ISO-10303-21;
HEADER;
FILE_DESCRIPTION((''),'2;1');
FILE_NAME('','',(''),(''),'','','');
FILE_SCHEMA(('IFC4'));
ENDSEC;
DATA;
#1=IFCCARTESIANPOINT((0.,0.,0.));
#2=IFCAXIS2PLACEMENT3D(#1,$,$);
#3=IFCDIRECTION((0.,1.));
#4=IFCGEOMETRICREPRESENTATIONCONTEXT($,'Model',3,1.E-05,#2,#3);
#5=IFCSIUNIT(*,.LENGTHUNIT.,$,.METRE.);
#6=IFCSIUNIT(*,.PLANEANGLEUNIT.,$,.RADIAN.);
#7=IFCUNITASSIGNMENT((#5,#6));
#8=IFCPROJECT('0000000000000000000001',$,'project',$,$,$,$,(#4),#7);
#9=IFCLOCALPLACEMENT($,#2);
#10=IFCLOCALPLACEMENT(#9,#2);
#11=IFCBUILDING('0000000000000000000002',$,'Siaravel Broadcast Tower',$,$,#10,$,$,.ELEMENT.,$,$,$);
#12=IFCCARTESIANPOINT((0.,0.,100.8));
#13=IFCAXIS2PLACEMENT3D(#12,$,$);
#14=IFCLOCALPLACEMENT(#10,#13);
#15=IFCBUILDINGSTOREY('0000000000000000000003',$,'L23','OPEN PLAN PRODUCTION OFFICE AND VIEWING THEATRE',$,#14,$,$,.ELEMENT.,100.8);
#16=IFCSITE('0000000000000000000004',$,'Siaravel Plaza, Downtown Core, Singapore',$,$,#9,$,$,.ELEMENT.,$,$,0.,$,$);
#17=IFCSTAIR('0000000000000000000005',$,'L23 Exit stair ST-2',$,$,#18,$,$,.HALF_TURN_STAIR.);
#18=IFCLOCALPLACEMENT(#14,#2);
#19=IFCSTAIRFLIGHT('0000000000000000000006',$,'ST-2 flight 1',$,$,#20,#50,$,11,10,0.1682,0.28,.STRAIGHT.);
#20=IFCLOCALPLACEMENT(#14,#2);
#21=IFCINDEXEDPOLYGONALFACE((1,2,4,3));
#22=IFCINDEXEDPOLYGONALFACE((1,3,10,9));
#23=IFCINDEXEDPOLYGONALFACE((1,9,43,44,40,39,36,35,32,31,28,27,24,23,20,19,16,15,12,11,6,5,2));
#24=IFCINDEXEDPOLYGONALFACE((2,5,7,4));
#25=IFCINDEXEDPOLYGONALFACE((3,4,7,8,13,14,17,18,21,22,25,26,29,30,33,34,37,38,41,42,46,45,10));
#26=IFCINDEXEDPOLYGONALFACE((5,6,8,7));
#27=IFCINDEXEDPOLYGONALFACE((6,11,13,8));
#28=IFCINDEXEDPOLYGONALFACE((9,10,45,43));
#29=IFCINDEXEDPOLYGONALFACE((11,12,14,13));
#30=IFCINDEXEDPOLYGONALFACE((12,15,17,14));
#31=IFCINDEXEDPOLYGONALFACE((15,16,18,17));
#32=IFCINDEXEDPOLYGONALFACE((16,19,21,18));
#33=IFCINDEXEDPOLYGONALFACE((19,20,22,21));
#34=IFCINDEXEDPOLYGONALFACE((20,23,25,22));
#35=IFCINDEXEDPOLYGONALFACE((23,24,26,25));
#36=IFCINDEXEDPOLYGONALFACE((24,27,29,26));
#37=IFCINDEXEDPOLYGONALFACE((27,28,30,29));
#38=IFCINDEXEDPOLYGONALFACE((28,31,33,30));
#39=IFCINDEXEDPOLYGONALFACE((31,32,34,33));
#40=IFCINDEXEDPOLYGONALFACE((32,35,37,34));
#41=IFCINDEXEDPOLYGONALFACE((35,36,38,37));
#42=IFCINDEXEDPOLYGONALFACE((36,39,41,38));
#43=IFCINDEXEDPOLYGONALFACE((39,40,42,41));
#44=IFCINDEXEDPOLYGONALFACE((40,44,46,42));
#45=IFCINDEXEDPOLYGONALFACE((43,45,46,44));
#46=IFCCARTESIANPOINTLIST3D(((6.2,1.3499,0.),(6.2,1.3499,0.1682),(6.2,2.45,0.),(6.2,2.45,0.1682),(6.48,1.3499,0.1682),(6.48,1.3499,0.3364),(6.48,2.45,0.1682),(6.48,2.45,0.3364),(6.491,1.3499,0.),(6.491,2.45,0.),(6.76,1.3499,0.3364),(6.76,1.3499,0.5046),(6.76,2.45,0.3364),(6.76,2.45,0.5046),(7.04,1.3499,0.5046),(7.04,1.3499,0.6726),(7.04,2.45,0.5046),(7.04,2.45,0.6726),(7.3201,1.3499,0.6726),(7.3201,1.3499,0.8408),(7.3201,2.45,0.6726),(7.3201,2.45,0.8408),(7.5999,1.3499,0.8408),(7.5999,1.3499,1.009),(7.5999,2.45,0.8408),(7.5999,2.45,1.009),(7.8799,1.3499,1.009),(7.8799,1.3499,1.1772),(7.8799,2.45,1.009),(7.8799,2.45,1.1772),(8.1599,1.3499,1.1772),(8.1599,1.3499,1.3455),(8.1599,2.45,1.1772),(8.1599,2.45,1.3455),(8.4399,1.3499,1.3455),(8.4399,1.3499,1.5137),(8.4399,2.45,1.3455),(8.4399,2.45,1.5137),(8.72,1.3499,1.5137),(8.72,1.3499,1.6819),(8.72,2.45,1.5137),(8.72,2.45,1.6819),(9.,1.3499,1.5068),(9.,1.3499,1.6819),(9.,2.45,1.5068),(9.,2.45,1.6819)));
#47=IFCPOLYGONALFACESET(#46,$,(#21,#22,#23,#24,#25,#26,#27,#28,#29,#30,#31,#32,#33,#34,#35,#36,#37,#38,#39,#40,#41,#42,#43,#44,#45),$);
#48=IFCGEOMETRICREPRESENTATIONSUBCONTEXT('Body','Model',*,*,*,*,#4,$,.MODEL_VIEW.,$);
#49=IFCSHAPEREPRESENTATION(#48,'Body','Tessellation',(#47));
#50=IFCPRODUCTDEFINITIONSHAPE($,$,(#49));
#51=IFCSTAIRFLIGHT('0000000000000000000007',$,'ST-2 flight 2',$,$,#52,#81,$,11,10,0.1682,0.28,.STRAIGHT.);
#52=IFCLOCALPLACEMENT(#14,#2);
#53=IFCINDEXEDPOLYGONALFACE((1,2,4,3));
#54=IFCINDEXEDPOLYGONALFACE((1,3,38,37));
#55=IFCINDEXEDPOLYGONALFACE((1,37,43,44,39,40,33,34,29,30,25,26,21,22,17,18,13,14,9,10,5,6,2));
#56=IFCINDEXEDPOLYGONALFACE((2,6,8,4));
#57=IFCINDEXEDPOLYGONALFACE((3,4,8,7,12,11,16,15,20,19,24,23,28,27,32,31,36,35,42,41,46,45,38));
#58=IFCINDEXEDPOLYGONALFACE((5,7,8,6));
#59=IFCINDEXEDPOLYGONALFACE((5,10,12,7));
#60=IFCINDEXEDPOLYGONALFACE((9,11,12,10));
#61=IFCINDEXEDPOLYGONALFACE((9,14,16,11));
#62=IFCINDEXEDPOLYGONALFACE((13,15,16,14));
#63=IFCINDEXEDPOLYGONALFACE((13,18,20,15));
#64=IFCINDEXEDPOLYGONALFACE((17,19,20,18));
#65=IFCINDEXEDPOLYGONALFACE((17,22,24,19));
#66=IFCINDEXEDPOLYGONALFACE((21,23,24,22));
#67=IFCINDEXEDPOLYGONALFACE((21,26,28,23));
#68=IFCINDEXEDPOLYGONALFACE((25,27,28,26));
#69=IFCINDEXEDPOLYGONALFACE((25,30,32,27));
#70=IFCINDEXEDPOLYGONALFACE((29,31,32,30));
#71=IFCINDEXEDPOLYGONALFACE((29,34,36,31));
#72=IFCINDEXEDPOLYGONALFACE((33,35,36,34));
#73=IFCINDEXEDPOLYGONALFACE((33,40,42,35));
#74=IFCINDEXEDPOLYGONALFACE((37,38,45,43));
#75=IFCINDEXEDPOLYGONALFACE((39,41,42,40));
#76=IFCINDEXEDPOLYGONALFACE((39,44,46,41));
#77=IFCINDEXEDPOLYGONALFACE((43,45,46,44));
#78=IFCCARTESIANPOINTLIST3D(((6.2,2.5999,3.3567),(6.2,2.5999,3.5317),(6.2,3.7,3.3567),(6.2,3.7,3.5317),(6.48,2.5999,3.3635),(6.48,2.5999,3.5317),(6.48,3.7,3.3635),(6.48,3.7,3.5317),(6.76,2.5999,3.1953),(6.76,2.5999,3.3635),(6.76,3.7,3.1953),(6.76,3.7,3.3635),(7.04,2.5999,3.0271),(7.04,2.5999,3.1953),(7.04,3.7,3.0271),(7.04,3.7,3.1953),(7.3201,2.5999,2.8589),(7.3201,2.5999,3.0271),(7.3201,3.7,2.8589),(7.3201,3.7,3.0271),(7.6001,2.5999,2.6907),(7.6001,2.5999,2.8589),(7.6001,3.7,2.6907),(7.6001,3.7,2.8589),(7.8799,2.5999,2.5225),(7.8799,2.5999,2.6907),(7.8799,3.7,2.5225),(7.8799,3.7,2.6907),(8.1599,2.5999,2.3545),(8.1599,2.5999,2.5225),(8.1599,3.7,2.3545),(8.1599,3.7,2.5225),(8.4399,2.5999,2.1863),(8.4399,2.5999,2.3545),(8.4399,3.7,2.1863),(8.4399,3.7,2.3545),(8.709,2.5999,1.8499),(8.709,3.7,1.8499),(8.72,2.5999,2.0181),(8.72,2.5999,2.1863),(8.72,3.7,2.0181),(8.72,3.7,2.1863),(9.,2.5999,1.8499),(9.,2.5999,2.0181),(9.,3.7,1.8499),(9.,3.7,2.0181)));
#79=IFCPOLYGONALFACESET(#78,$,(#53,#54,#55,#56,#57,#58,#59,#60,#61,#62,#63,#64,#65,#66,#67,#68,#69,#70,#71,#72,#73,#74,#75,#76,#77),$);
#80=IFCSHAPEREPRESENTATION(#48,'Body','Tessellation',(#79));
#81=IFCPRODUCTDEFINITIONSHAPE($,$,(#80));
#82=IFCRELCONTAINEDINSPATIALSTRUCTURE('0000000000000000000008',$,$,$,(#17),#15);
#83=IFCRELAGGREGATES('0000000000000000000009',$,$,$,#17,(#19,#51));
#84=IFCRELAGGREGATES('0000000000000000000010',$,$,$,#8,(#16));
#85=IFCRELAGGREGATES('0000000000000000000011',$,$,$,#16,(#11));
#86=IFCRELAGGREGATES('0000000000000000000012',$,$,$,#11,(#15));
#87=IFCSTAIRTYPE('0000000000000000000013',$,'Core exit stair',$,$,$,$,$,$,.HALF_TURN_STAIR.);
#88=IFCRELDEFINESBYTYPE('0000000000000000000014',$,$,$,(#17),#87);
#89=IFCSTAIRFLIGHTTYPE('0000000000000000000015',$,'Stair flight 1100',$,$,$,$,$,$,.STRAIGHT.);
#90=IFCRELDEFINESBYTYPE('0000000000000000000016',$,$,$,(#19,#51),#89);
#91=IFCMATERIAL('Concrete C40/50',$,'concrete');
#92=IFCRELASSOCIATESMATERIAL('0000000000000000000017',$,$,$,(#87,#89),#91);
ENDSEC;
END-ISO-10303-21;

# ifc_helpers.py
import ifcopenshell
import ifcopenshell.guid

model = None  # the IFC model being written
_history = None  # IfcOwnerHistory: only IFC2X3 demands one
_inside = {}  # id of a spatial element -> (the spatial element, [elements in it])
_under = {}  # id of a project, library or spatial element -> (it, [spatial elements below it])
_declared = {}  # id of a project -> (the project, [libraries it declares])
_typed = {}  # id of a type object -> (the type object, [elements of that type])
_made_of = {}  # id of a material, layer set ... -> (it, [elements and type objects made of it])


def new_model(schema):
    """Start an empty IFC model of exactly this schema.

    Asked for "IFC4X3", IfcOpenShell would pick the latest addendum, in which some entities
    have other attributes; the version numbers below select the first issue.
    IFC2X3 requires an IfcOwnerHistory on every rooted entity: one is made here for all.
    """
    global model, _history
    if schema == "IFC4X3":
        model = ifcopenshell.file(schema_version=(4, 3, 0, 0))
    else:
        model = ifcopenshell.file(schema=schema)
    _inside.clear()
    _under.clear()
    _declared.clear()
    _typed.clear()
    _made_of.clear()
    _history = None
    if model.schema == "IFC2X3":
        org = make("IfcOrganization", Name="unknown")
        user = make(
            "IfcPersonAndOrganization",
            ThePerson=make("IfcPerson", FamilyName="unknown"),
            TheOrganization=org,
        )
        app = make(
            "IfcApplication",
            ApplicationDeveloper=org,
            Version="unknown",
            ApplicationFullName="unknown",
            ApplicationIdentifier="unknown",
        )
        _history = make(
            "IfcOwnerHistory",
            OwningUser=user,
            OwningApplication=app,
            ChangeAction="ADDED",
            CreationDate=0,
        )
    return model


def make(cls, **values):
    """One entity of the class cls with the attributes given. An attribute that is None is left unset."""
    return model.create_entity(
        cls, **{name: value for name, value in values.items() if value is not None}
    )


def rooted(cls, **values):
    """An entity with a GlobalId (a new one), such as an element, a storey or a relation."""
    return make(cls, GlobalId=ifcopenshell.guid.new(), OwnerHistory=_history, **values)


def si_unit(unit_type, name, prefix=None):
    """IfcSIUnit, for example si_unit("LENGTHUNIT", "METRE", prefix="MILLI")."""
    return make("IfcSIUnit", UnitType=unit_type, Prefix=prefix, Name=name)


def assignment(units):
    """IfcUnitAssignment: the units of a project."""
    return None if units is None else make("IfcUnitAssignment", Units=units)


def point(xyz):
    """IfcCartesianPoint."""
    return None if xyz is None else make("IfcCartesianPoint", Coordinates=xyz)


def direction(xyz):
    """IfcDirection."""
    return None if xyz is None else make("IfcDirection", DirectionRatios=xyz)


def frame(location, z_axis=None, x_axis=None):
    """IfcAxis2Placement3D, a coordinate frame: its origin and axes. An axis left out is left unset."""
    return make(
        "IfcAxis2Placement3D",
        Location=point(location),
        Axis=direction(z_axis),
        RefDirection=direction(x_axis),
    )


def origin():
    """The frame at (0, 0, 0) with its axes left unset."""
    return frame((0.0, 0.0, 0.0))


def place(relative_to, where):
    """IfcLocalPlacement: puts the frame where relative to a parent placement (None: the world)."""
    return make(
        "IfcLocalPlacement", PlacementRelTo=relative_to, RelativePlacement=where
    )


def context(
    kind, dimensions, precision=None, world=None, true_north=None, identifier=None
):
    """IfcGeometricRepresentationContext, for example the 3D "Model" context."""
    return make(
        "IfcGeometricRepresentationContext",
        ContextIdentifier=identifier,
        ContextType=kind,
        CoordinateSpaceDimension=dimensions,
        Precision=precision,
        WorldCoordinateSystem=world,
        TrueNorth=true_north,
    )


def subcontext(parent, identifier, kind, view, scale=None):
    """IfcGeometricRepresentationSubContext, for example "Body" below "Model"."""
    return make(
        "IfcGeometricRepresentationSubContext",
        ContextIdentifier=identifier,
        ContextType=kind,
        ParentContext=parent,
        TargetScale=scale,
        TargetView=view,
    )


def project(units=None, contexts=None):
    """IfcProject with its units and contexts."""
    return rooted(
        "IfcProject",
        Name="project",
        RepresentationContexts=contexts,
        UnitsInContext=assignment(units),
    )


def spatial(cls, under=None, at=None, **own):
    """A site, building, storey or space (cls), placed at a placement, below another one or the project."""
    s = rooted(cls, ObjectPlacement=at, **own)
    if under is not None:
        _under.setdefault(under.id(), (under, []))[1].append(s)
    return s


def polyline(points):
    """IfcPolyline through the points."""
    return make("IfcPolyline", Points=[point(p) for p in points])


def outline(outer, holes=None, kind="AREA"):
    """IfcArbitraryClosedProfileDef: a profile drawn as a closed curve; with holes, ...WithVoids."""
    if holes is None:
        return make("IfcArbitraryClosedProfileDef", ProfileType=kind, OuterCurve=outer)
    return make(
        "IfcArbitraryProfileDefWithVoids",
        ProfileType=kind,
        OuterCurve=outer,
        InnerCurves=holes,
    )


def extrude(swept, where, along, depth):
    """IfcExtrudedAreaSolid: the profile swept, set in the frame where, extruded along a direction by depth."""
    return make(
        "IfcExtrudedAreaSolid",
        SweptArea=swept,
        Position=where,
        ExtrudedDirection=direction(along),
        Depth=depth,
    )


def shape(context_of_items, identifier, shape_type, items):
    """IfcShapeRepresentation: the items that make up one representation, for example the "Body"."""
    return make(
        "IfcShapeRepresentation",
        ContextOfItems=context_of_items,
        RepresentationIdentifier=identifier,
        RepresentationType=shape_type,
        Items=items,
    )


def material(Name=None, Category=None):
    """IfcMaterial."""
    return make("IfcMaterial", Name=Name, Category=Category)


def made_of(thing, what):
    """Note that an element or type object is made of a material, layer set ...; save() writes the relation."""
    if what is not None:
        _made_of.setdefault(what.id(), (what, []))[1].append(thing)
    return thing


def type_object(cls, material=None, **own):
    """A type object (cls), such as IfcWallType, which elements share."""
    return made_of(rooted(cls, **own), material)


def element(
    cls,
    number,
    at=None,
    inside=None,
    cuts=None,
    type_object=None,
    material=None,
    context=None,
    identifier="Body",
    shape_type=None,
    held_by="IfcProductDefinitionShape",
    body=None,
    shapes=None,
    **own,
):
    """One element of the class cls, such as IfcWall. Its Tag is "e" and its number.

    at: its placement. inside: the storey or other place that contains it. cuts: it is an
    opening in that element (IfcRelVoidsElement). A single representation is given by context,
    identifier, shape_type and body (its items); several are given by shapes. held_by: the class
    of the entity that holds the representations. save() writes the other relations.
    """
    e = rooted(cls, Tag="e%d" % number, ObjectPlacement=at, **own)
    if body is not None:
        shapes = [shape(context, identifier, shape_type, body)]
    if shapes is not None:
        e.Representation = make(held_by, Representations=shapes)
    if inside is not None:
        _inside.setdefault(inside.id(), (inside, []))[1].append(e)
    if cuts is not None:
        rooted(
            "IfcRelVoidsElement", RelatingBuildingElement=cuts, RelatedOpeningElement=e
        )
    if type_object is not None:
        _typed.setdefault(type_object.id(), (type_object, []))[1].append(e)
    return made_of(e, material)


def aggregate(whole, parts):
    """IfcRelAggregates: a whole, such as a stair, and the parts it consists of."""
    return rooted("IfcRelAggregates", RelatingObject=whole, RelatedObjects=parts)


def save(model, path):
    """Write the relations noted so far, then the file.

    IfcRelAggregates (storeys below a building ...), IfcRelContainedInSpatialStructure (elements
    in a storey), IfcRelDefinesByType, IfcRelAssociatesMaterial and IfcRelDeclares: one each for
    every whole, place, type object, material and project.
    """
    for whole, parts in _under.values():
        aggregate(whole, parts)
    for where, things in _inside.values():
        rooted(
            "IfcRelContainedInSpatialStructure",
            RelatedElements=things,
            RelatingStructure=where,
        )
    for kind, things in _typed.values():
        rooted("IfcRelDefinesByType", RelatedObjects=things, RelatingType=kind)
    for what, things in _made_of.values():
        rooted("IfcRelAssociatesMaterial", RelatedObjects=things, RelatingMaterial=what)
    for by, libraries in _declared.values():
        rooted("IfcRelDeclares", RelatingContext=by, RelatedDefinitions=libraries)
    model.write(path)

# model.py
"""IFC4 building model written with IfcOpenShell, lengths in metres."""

from ifc_helpers import new_model, si_unit, direction, frame, origin, place, context, subcontext, project, spatial, polyline, outline, extrude, material, type_object, element, aggregate, save


model = new_model("IFC4")

# Units and contexts
model_context = context("Model", 3, precision=1e-05, world=origin(), true_north=direction((0.0, 1.0)))
body_context = subcontext(model_context, "Body", "Model", "MODEL_VIEW")
ifc_project = project(units=[si_unit("LENGTHUNIT", "METRE"), si_unit("PLANEANGLEUNIT", "RADIAN")], contexts=[model_context])

# Site, building, storey
site_placement = place(None, origin())
site = spatial("IfcSite", under=ifc_project, at=site_placement, Name="Siaravel Plaza, Downtown Core, Singapore", CompositionType="ELEMENT", RefElevation=0.0)
building_placement = place(site_placement, origin())
building = spatial("IfcBuilding", under=site, at=building_placement, Name="Siaravel Broadcast Tower", CompositionType="ELEMENT")
storey_placement = place(building_placement, frame((0.0, 0.0, 100.8)))
storey = spatial("IfcBuildingStorey", under=building, at=storey_placement, Name="L23", Description="OPEN PLAN PRODUCTION OFFICE AND VIEWING THEATRE", CompositionType="ELEMENT", Elevation=100.8)

# Stair, stair flights
ifc_material_1 = material(Name="Concrete C40/50", Category="concrete")
stair_type = type_object("IfcStairType", Name="Core exit stair", PredefinedType="HALF_TURN_STAIR", material=ifc_material_1)
stair_placement = place(storey_placement, origin())
stair = element("IfcStair", 1, at=stair_placement, inside=storey, type_object=stair_type, Name="L23 Exit stair ST-2", PredefinedType="HALF_TURN_STAIR")
stair_flight_type = type_object("IfcStairFlightType", Name="Stair flight 1100", PredefinedType="STRAIGHT", material=ifc_material_1)
stair_flight_1_placement = place(storey_placement, frame((6.2, 1.8999, 0.0), z_axis=(0.0, 0.0, 1.0), x_axis=(1.0, 0.0, 0.0)))
stair_flight_1 = element("IfcStairFlight", 2, at=stair_flight_1_placement, type_object=stair_flight_type, Name="ST-2 flight 1", NumberOfRisers=11, NumberOfTreads=10, PredefinedType="STRAIGHT", RiserHeight=0.1682, TreadLength=0.28, context=body_context, shape_type="SweptSolid", body=[
    extrude(outline(polyline([(0.0, 0.0), (0.0, 0.1682), (0.28, 0.1682), (0.28, 0.3364), (0.5601, 0.3364), (0.5601, 0.5046), (0.8401, 0.5046), (0.8401, 0.6726), (1.1201, 0.6726), (1.1201, 0.8408), (1.3999, 0.8408), (1.3999, 1.009), (1.6799, 1.009), (1.6799, 1.1772), (1.96, 1.1772), (1.96, 1.3455), (2.24, 1.3455), (2.24, 1.5137), (2.52, 1.5137), (2.52, 1.6819), (2.8, 1.6819), (2.8, 1.8501), (2.8, 1.5068), (0.291, 0.0), (0.0, 0.0)])), frame((0.0, 0.55, 0.0), z_axis=(0.0, -1.0, 0.0), x_axis=(1.0, 0.0, 0.0)), (0.0, 0.0, 1.0), 1.1001),
])
stair_flight_2_placement = place(storey_placement, frame((9.0, 3.1499, 1.8499), z_axis=(0.0, 0.0, 1.0), x_axis=(-1.0, 0.0, 0.0)))
stair_flight_2 = element("IfcStairFlight", 3, at=stair_flight_2_placement, type_object=stair_flight_type, Name="ST-2 flight 2", NumberOfRisers=11, NumberOfTreads=10, PredefinedType="STRAIGHT", RiserHeight=0.1682, TreadLength=0.28, context=body_context, shape_type="SweptSolid", body=[
    extrude(outline(polyline([(0.0, 0.0), (0.0, 0.1682), (0.28, 0.1682), (0.28, 0.3364), (0.5601, 0.3364), (0.5601, 0.5046), (0.8401, 0.5046), (0.8401, 0.6726), (1.1201, 0.6726), (1.1201, 0.8408), (1.3999, 0.8408), (1.3999, 1.009), (1.6799, 1.009), (1.6799, 1.1772), (1.96, 1.1772), (1.96, 1.3455), (2.24, 1.3455), (2.24, 1.5137), (2.52, 1.5137), (2.52, 1.6819), (2.8, 1.6819), (2.8, 1.8501), (2.8, 1.5068), (0.291, 0.0), (0.0, 0.0)])), frame((0.0, 0.55, 0.0), z_axis=(0.0, -1.0, 0.0), x_axis=(1.0, 0.0, 0.0)), (0.0, 0.0, 1.0), 1.1001),
])
aggregate(stair, [stair_flight_1, stair_flight_2])

save(model, "model.ifc")
